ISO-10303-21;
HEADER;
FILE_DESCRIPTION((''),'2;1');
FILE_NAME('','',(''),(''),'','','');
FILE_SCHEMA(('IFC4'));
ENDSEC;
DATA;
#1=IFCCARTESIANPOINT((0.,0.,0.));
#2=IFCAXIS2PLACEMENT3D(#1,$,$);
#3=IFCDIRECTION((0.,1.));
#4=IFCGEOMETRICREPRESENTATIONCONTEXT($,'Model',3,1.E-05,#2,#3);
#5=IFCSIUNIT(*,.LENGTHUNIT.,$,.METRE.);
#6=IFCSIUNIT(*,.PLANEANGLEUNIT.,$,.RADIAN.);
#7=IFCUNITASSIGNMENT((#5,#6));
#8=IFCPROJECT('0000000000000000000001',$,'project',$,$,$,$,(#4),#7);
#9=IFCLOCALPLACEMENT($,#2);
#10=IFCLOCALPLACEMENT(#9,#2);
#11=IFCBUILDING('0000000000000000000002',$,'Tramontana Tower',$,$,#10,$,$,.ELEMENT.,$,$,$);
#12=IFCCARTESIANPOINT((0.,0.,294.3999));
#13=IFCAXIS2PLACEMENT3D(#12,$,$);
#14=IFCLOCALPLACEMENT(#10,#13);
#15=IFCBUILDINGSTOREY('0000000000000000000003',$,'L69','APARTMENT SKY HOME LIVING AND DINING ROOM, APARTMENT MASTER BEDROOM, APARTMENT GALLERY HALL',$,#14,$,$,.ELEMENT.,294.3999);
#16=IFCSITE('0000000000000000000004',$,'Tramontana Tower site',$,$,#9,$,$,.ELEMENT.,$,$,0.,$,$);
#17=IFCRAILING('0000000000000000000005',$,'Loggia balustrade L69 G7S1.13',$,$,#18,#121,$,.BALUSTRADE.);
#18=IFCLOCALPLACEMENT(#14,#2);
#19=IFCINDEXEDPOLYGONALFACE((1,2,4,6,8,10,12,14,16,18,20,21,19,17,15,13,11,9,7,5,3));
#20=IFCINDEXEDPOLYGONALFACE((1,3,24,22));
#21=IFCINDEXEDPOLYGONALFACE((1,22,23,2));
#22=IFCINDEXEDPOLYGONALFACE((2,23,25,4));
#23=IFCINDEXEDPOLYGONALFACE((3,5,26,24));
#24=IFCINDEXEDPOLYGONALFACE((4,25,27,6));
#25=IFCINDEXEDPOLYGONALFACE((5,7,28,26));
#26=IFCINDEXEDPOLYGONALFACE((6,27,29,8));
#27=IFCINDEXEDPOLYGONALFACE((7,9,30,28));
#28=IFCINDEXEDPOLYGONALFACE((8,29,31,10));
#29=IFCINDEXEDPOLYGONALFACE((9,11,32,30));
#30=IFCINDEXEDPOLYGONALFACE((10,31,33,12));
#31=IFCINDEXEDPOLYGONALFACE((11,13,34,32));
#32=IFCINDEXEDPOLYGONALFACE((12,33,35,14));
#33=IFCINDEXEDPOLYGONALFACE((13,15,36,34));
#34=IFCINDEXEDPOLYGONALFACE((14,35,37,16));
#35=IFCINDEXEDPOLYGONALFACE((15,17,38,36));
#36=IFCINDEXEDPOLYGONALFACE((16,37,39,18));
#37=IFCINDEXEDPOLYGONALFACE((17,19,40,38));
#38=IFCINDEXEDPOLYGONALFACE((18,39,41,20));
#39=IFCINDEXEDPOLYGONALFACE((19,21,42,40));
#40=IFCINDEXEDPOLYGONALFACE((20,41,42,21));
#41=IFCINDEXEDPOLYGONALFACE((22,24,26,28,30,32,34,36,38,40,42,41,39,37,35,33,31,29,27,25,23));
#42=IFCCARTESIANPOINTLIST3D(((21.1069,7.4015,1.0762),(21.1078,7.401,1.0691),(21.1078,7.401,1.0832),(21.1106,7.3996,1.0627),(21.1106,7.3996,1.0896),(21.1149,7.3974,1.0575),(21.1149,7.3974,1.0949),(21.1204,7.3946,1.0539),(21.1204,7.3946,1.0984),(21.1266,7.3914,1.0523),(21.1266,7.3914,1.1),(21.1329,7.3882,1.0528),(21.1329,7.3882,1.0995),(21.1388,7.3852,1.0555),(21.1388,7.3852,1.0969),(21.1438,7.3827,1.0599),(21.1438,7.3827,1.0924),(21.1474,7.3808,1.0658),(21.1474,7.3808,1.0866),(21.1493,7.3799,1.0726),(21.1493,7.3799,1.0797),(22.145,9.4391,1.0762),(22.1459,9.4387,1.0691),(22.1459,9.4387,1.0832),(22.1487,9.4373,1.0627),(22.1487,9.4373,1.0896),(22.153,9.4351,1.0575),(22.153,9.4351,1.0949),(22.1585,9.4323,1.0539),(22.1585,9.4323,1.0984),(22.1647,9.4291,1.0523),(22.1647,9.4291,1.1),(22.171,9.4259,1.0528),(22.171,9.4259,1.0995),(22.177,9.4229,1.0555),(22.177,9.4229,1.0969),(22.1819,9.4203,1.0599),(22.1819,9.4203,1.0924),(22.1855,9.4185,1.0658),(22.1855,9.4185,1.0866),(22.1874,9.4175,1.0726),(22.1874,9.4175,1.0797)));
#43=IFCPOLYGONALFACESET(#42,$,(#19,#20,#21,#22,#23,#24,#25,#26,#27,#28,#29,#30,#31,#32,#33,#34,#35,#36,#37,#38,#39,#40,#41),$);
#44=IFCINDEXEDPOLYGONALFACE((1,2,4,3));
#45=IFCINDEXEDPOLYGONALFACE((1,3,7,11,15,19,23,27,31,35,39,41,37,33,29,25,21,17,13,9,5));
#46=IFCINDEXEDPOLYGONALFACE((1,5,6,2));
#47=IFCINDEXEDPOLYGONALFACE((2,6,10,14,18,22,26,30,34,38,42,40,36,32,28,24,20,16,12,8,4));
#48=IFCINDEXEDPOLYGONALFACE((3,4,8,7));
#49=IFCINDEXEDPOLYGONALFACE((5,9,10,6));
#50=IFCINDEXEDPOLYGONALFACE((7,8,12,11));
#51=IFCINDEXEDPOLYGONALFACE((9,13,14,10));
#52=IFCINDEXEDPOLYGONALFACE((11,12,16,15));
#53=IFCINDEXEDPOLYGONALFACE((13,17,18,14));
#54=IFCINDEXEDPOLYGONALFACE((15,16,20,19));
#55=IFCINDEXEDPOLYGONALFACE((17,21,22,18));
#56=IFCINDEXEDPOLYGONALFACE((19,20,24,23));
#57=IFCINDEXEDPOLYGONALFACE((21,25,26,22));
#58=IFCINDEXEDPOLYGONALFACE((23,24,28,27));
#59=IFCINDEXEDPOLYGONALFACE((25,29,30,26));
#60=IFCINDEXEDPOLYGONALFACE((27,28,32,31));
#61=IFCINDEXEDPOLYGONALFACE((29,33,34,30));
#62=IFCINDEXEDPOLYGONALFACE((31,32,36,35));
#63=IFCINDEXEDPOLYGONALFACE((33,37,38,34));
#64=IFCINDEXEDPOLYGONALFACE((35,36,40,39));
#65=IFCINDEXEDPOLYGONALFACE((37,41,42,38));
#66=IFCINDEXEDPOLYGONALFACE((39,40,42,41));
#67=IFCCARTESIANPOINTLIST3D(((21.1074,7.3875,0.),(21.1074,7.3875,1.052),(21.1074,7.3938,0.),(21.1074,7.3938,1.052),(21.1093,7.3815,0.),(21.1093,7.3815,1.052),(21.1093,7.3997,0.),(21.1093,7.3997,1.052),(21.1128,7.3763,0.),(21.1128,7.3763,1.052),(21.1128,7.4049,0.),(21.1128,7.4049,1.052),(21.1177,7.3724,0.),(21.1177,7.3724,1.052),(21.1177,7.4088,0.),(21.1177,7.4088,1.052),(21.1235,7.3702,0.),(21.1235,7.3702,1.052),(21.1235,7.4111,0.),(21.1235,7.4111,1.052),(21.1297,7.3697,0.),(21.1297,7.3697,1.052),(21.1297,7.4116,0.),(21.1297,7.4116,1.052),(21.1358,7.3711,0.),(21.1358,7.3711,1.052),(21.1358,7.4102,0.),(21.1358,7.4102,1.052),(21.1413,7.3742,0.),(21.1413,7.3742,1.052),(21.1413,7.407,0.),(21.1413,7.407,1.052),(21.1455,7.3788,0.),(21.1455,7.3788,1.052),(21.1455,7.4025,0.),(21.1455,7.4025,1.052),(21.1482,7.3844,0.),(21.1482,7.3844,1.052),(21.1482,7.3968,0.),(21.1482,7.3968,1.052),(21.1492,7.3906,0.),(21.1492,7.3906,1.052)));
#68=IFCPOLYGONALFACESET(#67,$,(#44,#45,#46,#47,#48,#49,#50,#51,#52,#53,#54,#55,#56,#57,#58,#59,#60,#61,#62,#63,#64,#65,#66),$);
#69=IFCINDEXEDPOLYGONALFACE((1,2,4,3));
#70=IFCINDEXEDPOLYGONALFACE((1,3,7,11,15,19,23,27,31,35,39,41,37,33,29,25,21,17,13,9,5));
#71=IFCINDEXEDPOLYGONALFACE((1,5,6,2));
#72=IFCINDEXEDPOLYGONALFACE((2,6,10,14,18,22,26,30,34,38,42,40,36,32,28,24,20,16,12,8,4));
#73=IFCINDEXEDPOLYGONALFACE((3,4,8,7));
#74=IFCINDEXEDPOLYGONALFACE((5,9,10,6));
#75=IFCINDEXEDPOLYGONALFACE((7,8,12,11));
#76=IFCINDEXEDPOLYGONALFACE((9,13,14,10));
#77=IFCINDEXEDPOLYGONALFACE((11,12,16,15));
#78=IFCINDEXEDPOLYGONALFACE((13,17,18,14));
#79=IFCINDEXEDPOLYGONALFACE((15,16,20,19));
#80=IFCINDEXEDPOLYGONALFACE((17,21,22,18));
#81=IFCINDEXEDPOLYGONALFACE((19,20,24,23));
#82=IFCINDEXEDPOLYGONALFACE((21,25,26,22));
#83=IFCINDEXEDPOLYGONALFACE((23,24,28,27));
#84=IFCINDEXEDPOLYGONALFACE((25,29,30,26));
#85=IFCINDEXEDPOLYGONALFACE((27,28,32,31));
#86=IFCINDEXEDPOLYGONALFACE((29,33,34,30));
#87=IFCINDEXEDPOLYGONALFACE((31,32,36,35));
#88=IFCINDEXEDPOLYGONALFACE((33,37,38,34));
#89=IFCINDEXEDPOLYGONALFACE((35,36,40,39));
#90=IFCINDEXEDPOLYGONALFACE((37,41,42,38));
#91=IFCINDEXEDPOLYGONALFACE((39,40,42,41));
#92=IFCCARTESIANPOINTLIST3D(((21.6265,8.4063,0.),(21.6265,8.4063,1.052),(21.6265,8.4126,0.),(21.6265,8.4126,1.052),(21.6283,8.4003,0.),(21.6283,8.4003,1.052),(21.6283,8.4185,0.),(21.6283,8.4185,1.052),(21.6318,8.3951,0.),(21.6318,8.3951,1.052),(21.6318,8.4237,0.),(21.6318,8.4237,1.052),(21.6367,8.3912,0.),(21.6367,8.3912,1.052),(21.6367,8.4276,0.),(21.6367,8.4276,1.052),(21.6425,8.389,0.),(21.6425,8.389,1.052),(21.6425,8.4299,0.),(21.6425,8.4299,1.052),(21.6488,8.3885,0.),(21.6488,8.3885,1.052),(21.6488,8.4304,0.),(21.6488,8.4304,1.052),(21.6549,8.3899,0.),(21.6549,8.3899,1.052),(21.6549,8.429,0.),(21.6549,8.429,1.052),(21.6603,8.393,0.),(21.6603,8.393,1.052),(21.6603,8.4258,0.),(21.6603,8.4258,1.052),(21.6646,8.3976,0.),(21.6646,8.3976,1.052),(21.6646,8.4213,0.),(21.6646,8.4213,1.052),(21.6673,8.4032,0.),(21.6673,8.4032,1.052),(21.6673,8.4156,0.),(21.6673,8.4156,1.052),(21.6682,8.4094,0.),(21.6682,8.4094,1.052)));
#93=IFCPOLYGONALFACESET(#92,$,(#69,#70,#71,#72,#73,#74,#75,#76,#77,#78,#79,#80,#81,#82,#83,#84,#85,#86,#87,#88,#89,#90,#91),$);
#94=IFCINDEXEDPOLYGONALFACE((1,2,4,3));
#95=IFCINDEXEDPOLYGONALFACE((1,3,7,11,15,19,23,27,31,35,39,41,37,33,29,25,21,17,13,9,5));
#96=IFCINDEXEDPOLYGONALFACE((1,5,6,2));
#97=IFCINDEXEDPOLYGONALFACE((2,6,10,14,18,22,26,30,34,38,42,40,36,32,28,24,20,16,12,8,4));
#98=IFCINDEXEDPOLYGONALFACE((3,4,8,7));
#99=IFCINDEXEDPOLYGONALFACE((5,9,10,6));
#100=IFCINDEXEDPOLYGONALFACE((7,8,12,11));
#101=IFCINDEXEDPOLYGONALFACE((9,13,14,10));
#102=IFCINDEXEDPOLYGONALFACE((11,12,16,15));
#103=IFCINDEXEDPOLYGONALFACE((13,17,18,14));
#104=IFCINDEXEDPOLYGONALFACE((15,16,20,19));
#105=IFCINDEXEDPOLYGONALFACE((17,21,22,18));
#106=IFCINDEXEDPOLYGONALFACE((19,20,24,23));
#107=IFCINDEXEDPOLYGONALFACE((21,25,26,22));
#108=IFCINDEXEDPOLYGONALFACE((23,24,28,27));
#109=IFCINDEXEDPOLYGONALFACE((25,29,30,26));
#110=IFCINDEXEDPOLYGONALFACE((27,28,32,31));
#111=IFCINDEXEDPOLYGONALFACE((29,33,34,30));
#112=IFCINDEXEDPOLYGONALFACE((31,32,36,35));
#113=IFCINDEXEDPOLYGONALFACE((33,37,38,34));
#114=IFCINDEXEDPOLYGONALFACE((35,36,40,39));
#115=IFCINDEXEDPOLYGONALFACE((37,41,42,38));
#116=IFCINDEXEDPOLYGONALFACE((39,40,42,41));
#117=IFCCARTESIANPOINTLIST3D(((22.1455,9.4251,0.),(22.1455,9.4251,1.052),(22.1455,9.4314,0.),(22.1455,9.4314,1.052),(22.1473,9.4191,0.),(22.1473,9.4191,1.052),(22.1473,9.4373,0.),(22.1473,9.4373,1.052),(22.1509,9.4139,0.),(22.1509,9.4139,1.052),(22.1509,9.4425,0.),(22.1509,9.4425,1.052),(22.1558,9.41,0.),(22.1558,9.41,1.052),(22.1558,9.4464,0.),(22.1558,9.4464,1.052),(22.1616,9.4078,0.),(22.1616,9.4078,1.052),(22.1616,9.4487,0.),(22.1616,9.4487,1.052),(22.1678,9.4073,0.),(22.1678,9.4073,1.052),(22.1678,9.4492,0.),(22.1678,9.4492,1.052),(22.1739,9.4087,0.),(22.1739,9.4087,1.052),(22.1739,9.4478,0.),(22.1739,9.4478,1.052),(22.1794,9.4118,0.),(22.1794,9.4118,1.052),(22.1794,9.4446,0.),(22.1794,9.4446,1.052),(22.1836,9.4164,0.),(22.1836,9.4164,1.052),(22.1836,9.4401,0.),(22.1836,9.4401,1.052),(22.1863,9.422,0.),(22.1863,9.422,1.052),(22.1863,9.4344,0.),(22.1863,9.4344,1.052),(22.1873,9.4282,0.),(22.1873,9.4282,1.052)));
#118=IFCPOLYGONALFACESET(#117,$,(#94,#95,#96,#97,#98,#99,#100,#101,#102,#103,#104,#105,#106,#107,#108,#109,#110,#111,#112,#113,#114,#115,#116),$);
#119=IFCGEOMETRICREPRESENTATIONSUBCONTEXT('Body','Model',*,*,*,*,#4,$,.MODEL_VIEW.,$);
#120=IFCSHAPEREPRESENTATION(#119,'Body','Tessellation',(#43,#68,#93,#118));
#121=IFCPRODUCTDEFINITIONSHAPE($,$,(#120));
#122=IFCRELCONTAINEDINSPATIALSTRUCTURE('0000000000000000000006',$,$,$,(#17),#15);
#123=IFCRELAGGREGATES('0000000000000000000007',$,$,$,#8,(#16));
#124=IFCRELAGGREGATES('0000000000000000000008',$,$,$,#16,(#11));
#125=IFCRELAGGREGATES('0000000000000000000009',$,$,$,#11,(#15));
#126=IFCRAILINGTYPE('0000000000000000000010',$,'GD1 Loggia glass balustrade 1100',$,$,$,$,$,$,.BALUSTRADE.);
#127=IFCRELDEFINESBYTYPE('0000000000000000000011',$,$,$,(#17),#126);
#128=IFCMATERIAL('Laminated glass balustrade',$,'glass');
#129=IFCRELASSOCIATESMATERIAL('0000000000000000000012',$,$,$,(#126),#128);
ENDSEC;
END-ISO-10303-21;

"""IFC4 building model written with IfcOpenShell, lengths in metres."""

from ifc_helpers import new_model, si_unit, direction, frame, origin, origin_2d, place, context, subcontext, project, spatial, circle, extrude, material, type_object, element, save


model = new_model("IFC4")

# Units and contexts
model_context = context("Model", 3, precision=1e-05, world=origin(), true_north=direction((0.0, 1.0)))
body_context = subcontext(model_context, "Body", "Model", "MODEL_VIEW")
ifc_project = project(units=[si_unit("LENGTHUNIT", "METRE"), si_unit("PLANEANGLEUNIT", "RADIAN")], contexts=[model_context])

# Site, building, storey
site_placement = place(None, origin())
site = spatial("IfcSite", under=ifc_project, at=site_placement, Name="Tramontana Tower site", CompositionType="ELEMENT", RefElevation=0.0)
building_placement = place(site_placement, origin())
building = spatial("IfcBuilding", under=site, at=building_placement, Name="Tramontana Tower", CompositionType="ELEMENT")
storey_placement = place(building_placement, frame((0.0, 0.0, 294.3999)))
storey = spatial("IfcBuildingStorey", under=building, at=storey_placement, Name="L69", Description="APARTMENT SKY HOME LIVING AND DINING ROOM, APARTMENT MASTER BEDROOM, APARTMENT GALLERY HALL", CompositionType="ELEMENT", Elevation=294.3999)

# Railing
ifc_material_1 = material(Name="Laminated glass balustrade", Category="glass")
railing_type = type_object("IfcRailingType", Name="GD1 Loggia glass balustrade 1100", PredefinedType="BALUSTRADE", material=ifc_material_1)
railing_placement = place(storey_placement, frame((21.1282, 7.3906, 0.0)))
element("IfcRailing", 1, at=railing_placement, inside=storey, type_object=railing_type, Name="Loggia balustrade L69 G7S1.13", PredefinedType="BALUSTRADE", context=body_context, shape_type="SweptSolid", body=[
    extrude(circle(Radius=0.0239, at=origin_2d()), frame((0.0, 0.0, 1.0762), z_axis=(0.453948, 0.891028, 0.0), x_axis=(-0.891028, 0.453948, 0.0)), (0.0, 0.0, 1.0), 2.2869),
    extrude(circle(Radius=0.021, at=origin_2d()), origin(), (0.0, 0.0, 1.0), 1.052),
    extrude(circle(Radius=0.021, at=origin_2d()), frame((0.519, 1.0188, 0.0)), (0.0, 0.0, 1.0), 1.052),
    extrude(circle(Radius=0.021, at=origin_2d()), frame((1.0381, 2.0376, 0.0)), (0.0, 0.0, 1.0), 1.052),
])

save(model, "model.ifc")
